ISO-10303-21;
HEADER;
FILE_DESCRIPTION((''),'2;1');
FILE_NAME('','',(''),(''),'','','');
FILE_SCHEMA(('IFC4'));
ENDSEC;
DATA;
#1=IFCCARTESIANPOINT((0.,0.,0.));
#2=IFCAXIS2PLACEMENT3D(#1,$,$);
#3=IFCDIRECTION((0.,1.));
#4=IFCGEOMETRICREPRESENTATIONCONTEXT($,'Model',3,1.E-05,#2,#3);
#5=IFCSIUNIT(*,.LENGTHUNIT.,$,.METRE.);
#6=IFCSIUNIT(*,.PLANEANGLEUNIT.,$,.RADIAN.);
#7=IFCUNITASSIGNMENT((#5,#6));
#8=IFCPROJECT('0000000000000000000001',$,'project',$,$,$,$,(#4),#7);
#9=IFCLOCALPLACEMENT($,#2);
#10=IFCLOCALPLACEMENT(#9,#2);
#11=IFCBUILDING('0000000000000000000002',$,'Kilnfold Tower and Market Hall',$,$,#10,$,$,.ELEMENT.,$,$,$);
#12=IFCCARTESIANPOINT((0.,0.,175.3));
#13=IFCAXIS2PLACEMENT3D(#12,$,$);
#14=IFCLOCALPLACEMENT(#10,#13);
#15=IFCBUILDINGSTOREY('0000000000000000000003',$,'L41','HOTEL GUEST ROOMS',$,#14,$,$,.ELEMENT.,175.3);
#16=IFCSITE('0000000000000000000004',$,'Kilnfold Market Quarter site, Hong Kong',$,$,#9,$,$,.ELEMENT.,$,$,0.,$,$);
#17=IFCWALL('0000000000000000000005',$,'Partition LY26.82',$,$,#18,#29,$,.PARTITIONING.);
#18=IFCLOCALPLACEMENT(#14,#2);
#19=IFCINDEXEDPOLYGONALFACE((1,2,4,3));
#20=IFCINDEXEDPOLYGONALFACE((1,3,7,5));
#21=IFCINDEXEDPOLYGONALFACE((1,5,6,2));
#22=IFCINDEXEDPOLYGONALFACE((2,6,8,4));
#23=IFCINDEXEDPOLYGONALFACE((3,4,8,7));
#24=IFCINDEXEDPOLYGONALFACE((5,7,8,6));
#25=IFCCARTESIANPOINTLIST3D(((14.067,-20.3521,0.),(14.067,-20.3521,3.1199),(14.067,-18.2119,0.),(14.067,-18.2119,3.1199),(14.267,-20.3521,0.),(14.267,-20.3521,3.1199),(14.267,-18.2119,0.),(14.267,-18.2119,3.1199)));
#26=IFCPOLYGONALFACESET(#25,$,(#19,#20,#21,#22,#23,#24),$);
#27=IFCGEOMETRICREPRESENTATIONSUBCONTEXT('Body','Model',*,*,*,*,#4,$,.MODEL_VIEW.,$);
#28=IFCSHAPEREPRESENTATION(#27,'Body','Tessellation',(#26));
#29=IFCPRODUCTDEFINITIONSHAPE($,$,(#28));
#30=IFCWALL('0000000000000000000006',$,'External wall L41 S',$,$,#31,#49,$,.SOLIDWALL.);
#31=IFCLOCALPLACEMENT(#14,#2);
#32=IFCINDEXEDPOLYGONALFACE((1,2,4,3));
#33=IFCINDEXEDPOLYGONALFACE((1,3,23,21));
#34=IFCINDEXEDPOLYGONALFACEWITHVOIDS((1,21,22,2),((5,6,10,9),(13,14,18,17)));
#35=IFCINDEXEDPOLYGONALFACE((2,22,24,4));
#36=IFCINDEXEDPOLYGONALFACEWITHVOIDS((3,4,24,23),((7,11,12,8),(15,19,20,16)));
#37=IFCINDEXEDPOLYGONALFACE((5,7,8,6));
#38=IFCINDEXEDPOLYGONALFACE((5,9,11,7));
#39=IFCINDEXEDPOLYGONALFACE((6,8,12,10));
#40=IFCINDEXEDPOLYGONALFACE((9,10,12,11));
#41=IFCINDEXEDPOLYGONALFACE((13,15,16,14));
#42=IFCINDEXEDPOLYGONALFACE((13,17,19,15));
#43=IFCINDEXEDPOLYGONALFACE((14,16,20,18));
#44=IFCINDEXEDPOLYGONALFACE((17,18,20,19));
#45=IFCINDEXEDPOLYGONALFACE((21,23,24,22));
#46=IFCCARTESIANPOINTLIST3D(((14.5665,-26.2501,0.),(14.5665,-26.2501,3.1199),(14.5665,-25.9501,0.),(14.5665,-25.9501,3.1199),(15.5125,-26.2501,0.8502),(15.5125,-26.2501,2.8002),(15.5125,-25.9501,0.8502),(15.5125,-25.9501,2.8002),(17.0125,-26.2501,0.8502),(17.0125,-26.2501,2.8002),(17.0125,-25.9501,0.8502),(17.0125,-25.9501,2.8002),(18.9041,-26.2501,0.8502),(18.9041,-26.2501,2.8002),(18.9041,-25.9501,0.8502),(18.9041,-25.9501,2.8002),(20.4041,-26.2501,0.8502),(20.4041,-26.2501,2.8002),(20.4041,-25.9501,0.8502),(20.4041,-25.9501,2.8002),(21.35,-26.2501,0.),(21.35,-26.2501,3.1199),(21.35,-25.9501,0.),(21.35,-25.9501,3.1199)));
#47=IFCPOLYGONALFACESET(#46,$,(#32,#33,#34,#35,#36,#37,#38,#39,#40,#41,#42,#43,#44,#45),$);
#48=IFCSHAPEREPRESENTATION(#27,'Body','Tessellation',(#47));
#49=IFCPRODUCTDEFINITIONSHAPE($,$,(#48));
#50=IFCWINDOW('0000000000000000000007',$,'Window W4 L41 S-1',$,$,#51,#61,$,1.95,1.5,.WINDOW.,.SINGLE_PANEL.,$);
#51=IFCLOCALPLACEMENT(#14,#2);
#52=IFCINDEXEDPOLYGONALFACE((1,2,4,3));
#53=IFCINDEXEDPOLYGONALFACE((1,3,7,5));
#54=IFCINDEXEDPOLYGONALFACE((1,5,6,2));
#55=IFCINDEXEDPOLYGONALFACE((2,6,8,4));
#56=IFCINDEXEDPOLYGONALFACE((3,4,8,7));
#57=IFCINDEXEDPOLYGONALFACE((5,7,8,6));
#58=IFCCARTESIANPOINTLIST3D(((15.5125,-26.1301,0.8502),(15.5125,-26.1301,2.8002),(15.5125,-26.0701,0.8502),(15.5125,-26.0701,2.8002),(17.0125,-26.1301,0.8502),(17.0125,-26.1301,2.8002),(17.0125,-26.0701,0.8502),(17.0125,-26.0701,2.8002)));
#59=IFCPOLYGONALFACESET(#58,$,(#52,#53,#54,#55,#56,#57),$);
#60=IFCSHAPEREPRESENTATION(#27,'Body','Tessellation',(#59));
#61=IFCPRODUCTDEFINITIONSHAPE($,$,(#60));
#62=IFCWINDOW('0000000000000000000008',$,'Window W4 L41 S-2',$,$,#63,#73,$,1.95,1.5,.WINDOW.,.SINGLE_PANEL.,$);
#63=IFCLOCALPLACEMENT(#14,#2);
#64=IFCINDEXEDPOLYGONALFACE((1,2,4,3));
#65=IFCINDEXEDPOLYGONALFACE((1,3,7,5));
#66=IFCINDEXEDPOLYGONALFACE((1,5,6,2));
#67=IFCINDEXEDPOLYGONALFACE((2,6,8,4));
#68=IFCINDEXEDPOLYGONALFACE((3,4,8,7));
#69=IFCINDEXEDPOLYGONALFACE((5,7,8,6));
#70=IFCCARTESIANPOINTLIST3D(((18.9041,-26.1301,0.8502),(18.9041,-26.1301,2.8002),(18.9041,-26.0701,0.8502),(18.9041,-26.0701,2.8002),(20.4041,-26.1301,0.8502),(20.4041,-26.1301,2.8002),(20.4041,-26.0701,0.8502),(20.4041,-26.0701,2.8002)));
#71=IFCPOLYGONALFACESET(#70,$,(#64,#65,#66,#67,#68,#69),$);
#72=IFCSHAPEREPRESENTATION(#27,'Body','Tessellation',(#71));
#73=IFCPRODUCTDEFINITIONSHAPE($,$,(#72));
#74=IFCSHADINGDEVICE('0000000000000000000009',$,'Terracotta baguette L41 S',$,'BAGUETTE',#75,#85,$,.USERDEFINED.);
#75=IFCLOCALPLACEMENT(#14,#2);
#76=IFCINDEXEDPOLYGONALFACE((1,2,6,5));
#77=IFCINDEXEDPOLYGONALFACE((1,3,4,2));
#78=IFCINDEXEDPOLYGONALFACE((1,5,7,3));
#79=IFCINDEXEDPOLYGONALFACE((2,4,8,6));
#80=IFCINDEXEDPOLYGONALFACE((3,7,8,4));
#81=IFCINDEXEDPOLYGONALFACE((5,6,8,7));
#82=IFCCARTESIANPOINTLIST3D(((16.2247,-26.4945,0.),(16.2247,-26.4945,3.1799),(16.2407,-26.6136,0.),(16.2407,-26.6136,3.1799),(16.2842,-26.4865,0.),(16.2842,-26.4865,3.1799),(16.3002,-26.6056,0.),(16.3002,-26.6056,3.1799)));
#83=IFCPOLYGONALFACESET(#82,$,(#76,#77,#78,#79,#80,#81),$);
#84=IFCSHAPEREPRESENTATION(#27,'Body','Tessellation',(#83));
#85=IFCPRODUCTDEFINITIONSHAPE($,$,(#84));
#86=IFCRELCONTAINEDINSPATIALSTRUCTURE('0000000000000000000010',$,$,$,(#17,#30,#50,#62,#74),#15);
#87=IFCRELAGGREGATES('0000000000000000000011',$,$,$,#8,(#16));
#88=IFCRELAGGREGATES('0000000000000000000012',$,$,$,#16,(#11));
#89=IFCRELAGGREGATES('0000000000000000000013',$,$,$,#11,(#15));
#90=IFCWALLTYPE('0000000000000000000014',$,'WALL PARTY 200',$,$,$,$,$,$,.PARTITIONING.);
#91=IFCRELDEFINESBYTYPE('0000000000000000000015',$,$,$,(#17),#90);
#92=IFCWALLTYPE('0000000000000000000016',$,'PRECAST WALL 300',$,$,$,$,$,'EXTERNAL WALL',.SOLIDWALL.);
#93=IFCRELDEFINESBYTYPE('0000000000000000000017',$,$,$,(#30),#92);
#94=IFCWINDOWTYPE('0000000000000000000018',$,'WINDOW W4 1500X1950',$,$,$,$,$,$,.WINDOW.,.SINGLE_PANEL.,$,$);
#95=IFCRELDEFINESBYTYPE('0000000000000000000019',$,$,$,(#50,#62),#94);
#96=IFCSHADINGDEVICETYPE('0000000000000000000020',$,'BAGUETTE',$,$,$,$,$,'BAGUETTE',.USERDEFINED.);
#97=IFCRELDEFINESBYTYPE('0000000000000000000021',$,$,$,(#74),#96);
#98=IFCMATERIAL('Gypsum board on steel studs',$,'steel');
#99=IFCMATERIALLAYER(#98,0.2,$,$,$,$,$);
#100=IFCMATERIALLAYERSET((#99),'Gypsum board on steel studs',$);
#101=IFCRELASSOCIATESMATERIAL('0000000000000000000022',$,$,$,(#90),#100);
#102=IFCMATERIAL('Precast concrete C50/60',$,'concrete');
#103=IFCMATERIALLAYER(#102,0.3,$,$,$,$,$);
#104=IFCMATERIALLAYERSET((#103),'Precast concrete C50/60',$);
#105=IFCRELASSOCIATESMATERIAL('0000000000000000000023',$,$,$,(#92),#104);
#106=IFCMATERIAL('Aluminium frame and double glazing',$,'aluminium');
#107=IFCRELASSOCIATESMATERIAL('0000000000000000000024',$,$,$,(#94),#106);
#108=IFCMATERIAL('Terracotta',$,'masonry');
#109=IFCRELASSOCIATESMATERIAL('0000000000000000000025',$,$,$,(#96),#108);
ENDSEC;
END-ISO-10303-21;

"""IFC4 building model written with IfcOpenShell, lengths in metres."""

from ifc_helpers import new_model, si_unit, direction, frame, frame_2d, origin, origin_2d, place, context, subcontext, project, spatial, rectangle, extrude, source, transform, mapped, material, layer, layer_set, material_profile, profile_set, type_object, element, fill, save


model = new_model("IFC4")

# Units and contexts
model_context = context("Model", 3, precision=1e-05, world=origin(), true_north=direction((0.0, 1.0)))
body_context = subcontext(model_context, "Body", "Model", "MODEL_VIEW")
ifc_project = project(units=[si_unit("LENGTHUNIT", "METRE"), si_unit("PLANEANGLEUNIT", "RADIAN")], contexts=[model_context])

# Site, building, storey
site_placement = place(None, origin())
site = spatial("IfcSite", under=ifc_project, at=site_placement, Name="Kilnfold Market Quarter site, Hong Kong", CompositionType="ELEMENT", RefElevation=0.0)
building_placement = place(site_placement, origin())
building = spatial("IfcBuilding", under=site, at=building_placement, Name="Kilnfold Tower and Market Hall", CompositionType="ELEMENT")
storey_placement = place(building_placement, frame((0.0, 0.0, 175.3)))
storey = spatial("IfcBuildingStorey", under=building, at=storey_placement, Name="L41", Description="HOTEL GUEST ROOMS", CompositionType="ELEMENT", Elevation=175.3)

# Wall
ifc_material_1 = material(Name="Gypsum board on steel studs", Category="steel")
ifc_layer_1 = layer(ifc_material_1, 0.2)
ifc_layer_set_1 = layer_set([ifc_layer_1], Name="Gypsum board on steel studs")
wall_type_1 = type_object("IfcWallType", Name="WALL PARTY 200", PredefinedType="PARTITIONING", material=ifc_layer_set_1)
wall_1_placement = place(storey_placement, frame((14.167, -20.3521, 0.0), z_axis=(0.0, 0.0, 1.0), x_axis=(0.0, 1.0, 0.0)))
element("IfcWall", 1, at=wall_1_placement, inside=storey, type_object=wall_type_1, Name="Partition LY26.82", PredefinedType="PARTITIONING", context=body_context, shape_type="SweptSolid", body=[
    extrude(rectangle(XDim=2.1401, YDim=0.2, at=frame_2d((1.0701, 0.0))), origin(), (0.0, 0.0, 1.0), 3.1199),
])

# Wall, openings, windows
ifc_material_2 = material(Name="Precast concrete C50/60", Category="concrete")
ifc_layer_2 = layer(ifc_material_2, 0.3)
ifc_layer_set_2 = layer_set([ifc_layer_2], Name="Precast concrete C50/60")
wall_type_2 = type_object("IfcWallType", Name="PRECAST WALL 300", ElementType="EXTERNAL WALL", PredefinedType="SOLIDWALL", material=ifc_layer_set_2)
shared_shape_1 = source(origin(), body_context, "Body", "SweptSolid", [
    extrude(rectangle(XDim=6.7834, YDim=0.3, at=frame_2d((3.3916, 0.0))), origin(), (0.0, 0.0, 1.0), 3.1199),
])
wall_2_placement = place(storey_placement, frame((14.5667, -26.1001, 0.0), z_axis=(0.0, 0.0, 1.0), x_axis=(1.0, 0.0, 0.0)))
wall_2 = element("IfcWall", 2, at=wall_2_placement, inside=storey, type_object=wall_type_2, Name="External wall L41 S", PredefinedType="SOLIDWALL", context=body_context, shape_type="MappedRepresentation", body=[
    mapped(shared_shape_1, transform((0.0, 0.0, 0.0))),
])
opening_1_placement = place(wall_2_placement, frame((0.9458, 0.0, 0.8501)))
opening_1 = element("IfcOpeningElement", 3, at=opening_1_placement, cuts=wall_2, PredefinedType="OPENING", context=body_context, shape_type="SweptSolid", body=[
    extrude(rectangle(XDim=1.5, YDim=1.95, at=frame_2d((0.75, 0.9751))), frame((0.0, 0.1602, 0.0), z_axis=(0.0, -1.0, 0.0), x_axis=(1.0, 0.0, 0.0)), (0.0, 0.0, 1.0), 0.3201),
])
opening_2_placement = place(wall_2_placement, frame((4.3374, 0.0, 0.8501)))
opening_2 = element("IfcOpeningElement", 4, at=opening_2_placement, cuts=wall_2, PredefinedType="OPENING", context=body_context, shape_type="SweptSolid", body=[
    extrude(rectangle(XDim=1.5, YDim=1.95, at=frame_2d((0.75, 0.9751))), frame((0.0, 0.1602, 0.0), z_axis=(0.0, -1.0, 0.0), x_axis=(1.0, 0.0, 0.0)), (0.0, 0.0, 1.0), 0.3201),
])
ifc_material_3 = material(Name="Aluminium frame and double glazing", Category="aluminium")
window_type = type_object("IfcWindowType", Name="WINDOW W4 1500X1950", PartitioningType="SINGLE_PANEL", PredefinedType="WINDOW", material=ifc_material_3)
window_1_placement = place(opening_1_placement, origin())
window_1 = element("IfcWindow", 5, at=window_1_placement, inside=storey, type_object=window_type, Name="Window W4 L41 S-1", OverallHeight=1.95, OverallWidth=1.5, PartitioningType="SINGLE_PANEL", PredefinedType="WINDOW", context=body_context, shape_type="SweptSolid", body=[
    extrude(rectangle(XDim=1.5, YDim=1.95, at=frame_2d((0.75, 0.9751))), frame((0.0, 0.03, 0.0), z_axis=(0.0, -1.0, 0.0), x_axis=(1.0, 0.0, 0.0)), (0.0, 0.0, 1.0), 0.0601),
])
fill(opening_1, window_1)
window_2_placement = place(opening_2_placement, origin())
window_2 = element("IfcWindow", 6, at=window_2_placement, inside=storey, type_object=window_type, Name="Window W4 L41 S-2", OverallHeight=1.95, OverallWidth=1.5, PartitioningType="SINGLE_PANEL", PredefinedType="WINDOW", context=body_context, shape_type="SweptSolid", body=[
    extrude(rectangle(XDim=1.5, YDim=1.95, at=frame_2d((0.75, 0.9751))), frame((0.0, 0.03, 0.0), z_axis=(0.0, -1.0, 0.0), x_axis=(1.0, 0.0, 0.0)), (0.0, 0.0, 1.0), 0.0601),
])
fill(opening_2, window_2)

# Shading device
ifc_material_4 = material(Name="Terracotta", Category="masonry")
ifc_material_profile_1 = material_profile(ifc_material_4, rectangle(XDim=0.0601, YDim=0.1201, at=origin_2d()), Name="BAG 60x120")
ifc_profile_set_1 = profile_set([ifc_material_profile_1], Name="Terracotta")
shading_device_type = type_object("IfcShadingDeviceType", Name="BAGUETTE", ElementType="BAGUETTE", PredefinedType="USERDEFINED", material=ifc_profile_set_1)
shared_shape_2 = source(origin(), body_context, "Body", "SweptSolid", [
    extrude(rectangle(XDim=0.0601, YDim=0.1201, at=origin_2d()), origin(), (0.0, 0.0, 1.0), 3.1799),
])
shading_device_placement = place(storey_placement, frame((16.2625, -26.55, 0.0), z_axis=(0.0, 0.0, 1.0), x_axis=(0.991092, 0.133177, 0.0)))
element("IfcShadingDevice", 7, at=shading_device_placement, inside=storey, type_object=shading_device_type, Name="Terracotta baguette L41 S", ObjectType="BAGUETTE", PredefinedType="USERDEFINED", context=body_context, shape_type="MappedRepresentation", body=[
    mapped(shared_shape_2, transform((0.0, 0.0, 0.0))),
])

save(model, "model.ifc")
